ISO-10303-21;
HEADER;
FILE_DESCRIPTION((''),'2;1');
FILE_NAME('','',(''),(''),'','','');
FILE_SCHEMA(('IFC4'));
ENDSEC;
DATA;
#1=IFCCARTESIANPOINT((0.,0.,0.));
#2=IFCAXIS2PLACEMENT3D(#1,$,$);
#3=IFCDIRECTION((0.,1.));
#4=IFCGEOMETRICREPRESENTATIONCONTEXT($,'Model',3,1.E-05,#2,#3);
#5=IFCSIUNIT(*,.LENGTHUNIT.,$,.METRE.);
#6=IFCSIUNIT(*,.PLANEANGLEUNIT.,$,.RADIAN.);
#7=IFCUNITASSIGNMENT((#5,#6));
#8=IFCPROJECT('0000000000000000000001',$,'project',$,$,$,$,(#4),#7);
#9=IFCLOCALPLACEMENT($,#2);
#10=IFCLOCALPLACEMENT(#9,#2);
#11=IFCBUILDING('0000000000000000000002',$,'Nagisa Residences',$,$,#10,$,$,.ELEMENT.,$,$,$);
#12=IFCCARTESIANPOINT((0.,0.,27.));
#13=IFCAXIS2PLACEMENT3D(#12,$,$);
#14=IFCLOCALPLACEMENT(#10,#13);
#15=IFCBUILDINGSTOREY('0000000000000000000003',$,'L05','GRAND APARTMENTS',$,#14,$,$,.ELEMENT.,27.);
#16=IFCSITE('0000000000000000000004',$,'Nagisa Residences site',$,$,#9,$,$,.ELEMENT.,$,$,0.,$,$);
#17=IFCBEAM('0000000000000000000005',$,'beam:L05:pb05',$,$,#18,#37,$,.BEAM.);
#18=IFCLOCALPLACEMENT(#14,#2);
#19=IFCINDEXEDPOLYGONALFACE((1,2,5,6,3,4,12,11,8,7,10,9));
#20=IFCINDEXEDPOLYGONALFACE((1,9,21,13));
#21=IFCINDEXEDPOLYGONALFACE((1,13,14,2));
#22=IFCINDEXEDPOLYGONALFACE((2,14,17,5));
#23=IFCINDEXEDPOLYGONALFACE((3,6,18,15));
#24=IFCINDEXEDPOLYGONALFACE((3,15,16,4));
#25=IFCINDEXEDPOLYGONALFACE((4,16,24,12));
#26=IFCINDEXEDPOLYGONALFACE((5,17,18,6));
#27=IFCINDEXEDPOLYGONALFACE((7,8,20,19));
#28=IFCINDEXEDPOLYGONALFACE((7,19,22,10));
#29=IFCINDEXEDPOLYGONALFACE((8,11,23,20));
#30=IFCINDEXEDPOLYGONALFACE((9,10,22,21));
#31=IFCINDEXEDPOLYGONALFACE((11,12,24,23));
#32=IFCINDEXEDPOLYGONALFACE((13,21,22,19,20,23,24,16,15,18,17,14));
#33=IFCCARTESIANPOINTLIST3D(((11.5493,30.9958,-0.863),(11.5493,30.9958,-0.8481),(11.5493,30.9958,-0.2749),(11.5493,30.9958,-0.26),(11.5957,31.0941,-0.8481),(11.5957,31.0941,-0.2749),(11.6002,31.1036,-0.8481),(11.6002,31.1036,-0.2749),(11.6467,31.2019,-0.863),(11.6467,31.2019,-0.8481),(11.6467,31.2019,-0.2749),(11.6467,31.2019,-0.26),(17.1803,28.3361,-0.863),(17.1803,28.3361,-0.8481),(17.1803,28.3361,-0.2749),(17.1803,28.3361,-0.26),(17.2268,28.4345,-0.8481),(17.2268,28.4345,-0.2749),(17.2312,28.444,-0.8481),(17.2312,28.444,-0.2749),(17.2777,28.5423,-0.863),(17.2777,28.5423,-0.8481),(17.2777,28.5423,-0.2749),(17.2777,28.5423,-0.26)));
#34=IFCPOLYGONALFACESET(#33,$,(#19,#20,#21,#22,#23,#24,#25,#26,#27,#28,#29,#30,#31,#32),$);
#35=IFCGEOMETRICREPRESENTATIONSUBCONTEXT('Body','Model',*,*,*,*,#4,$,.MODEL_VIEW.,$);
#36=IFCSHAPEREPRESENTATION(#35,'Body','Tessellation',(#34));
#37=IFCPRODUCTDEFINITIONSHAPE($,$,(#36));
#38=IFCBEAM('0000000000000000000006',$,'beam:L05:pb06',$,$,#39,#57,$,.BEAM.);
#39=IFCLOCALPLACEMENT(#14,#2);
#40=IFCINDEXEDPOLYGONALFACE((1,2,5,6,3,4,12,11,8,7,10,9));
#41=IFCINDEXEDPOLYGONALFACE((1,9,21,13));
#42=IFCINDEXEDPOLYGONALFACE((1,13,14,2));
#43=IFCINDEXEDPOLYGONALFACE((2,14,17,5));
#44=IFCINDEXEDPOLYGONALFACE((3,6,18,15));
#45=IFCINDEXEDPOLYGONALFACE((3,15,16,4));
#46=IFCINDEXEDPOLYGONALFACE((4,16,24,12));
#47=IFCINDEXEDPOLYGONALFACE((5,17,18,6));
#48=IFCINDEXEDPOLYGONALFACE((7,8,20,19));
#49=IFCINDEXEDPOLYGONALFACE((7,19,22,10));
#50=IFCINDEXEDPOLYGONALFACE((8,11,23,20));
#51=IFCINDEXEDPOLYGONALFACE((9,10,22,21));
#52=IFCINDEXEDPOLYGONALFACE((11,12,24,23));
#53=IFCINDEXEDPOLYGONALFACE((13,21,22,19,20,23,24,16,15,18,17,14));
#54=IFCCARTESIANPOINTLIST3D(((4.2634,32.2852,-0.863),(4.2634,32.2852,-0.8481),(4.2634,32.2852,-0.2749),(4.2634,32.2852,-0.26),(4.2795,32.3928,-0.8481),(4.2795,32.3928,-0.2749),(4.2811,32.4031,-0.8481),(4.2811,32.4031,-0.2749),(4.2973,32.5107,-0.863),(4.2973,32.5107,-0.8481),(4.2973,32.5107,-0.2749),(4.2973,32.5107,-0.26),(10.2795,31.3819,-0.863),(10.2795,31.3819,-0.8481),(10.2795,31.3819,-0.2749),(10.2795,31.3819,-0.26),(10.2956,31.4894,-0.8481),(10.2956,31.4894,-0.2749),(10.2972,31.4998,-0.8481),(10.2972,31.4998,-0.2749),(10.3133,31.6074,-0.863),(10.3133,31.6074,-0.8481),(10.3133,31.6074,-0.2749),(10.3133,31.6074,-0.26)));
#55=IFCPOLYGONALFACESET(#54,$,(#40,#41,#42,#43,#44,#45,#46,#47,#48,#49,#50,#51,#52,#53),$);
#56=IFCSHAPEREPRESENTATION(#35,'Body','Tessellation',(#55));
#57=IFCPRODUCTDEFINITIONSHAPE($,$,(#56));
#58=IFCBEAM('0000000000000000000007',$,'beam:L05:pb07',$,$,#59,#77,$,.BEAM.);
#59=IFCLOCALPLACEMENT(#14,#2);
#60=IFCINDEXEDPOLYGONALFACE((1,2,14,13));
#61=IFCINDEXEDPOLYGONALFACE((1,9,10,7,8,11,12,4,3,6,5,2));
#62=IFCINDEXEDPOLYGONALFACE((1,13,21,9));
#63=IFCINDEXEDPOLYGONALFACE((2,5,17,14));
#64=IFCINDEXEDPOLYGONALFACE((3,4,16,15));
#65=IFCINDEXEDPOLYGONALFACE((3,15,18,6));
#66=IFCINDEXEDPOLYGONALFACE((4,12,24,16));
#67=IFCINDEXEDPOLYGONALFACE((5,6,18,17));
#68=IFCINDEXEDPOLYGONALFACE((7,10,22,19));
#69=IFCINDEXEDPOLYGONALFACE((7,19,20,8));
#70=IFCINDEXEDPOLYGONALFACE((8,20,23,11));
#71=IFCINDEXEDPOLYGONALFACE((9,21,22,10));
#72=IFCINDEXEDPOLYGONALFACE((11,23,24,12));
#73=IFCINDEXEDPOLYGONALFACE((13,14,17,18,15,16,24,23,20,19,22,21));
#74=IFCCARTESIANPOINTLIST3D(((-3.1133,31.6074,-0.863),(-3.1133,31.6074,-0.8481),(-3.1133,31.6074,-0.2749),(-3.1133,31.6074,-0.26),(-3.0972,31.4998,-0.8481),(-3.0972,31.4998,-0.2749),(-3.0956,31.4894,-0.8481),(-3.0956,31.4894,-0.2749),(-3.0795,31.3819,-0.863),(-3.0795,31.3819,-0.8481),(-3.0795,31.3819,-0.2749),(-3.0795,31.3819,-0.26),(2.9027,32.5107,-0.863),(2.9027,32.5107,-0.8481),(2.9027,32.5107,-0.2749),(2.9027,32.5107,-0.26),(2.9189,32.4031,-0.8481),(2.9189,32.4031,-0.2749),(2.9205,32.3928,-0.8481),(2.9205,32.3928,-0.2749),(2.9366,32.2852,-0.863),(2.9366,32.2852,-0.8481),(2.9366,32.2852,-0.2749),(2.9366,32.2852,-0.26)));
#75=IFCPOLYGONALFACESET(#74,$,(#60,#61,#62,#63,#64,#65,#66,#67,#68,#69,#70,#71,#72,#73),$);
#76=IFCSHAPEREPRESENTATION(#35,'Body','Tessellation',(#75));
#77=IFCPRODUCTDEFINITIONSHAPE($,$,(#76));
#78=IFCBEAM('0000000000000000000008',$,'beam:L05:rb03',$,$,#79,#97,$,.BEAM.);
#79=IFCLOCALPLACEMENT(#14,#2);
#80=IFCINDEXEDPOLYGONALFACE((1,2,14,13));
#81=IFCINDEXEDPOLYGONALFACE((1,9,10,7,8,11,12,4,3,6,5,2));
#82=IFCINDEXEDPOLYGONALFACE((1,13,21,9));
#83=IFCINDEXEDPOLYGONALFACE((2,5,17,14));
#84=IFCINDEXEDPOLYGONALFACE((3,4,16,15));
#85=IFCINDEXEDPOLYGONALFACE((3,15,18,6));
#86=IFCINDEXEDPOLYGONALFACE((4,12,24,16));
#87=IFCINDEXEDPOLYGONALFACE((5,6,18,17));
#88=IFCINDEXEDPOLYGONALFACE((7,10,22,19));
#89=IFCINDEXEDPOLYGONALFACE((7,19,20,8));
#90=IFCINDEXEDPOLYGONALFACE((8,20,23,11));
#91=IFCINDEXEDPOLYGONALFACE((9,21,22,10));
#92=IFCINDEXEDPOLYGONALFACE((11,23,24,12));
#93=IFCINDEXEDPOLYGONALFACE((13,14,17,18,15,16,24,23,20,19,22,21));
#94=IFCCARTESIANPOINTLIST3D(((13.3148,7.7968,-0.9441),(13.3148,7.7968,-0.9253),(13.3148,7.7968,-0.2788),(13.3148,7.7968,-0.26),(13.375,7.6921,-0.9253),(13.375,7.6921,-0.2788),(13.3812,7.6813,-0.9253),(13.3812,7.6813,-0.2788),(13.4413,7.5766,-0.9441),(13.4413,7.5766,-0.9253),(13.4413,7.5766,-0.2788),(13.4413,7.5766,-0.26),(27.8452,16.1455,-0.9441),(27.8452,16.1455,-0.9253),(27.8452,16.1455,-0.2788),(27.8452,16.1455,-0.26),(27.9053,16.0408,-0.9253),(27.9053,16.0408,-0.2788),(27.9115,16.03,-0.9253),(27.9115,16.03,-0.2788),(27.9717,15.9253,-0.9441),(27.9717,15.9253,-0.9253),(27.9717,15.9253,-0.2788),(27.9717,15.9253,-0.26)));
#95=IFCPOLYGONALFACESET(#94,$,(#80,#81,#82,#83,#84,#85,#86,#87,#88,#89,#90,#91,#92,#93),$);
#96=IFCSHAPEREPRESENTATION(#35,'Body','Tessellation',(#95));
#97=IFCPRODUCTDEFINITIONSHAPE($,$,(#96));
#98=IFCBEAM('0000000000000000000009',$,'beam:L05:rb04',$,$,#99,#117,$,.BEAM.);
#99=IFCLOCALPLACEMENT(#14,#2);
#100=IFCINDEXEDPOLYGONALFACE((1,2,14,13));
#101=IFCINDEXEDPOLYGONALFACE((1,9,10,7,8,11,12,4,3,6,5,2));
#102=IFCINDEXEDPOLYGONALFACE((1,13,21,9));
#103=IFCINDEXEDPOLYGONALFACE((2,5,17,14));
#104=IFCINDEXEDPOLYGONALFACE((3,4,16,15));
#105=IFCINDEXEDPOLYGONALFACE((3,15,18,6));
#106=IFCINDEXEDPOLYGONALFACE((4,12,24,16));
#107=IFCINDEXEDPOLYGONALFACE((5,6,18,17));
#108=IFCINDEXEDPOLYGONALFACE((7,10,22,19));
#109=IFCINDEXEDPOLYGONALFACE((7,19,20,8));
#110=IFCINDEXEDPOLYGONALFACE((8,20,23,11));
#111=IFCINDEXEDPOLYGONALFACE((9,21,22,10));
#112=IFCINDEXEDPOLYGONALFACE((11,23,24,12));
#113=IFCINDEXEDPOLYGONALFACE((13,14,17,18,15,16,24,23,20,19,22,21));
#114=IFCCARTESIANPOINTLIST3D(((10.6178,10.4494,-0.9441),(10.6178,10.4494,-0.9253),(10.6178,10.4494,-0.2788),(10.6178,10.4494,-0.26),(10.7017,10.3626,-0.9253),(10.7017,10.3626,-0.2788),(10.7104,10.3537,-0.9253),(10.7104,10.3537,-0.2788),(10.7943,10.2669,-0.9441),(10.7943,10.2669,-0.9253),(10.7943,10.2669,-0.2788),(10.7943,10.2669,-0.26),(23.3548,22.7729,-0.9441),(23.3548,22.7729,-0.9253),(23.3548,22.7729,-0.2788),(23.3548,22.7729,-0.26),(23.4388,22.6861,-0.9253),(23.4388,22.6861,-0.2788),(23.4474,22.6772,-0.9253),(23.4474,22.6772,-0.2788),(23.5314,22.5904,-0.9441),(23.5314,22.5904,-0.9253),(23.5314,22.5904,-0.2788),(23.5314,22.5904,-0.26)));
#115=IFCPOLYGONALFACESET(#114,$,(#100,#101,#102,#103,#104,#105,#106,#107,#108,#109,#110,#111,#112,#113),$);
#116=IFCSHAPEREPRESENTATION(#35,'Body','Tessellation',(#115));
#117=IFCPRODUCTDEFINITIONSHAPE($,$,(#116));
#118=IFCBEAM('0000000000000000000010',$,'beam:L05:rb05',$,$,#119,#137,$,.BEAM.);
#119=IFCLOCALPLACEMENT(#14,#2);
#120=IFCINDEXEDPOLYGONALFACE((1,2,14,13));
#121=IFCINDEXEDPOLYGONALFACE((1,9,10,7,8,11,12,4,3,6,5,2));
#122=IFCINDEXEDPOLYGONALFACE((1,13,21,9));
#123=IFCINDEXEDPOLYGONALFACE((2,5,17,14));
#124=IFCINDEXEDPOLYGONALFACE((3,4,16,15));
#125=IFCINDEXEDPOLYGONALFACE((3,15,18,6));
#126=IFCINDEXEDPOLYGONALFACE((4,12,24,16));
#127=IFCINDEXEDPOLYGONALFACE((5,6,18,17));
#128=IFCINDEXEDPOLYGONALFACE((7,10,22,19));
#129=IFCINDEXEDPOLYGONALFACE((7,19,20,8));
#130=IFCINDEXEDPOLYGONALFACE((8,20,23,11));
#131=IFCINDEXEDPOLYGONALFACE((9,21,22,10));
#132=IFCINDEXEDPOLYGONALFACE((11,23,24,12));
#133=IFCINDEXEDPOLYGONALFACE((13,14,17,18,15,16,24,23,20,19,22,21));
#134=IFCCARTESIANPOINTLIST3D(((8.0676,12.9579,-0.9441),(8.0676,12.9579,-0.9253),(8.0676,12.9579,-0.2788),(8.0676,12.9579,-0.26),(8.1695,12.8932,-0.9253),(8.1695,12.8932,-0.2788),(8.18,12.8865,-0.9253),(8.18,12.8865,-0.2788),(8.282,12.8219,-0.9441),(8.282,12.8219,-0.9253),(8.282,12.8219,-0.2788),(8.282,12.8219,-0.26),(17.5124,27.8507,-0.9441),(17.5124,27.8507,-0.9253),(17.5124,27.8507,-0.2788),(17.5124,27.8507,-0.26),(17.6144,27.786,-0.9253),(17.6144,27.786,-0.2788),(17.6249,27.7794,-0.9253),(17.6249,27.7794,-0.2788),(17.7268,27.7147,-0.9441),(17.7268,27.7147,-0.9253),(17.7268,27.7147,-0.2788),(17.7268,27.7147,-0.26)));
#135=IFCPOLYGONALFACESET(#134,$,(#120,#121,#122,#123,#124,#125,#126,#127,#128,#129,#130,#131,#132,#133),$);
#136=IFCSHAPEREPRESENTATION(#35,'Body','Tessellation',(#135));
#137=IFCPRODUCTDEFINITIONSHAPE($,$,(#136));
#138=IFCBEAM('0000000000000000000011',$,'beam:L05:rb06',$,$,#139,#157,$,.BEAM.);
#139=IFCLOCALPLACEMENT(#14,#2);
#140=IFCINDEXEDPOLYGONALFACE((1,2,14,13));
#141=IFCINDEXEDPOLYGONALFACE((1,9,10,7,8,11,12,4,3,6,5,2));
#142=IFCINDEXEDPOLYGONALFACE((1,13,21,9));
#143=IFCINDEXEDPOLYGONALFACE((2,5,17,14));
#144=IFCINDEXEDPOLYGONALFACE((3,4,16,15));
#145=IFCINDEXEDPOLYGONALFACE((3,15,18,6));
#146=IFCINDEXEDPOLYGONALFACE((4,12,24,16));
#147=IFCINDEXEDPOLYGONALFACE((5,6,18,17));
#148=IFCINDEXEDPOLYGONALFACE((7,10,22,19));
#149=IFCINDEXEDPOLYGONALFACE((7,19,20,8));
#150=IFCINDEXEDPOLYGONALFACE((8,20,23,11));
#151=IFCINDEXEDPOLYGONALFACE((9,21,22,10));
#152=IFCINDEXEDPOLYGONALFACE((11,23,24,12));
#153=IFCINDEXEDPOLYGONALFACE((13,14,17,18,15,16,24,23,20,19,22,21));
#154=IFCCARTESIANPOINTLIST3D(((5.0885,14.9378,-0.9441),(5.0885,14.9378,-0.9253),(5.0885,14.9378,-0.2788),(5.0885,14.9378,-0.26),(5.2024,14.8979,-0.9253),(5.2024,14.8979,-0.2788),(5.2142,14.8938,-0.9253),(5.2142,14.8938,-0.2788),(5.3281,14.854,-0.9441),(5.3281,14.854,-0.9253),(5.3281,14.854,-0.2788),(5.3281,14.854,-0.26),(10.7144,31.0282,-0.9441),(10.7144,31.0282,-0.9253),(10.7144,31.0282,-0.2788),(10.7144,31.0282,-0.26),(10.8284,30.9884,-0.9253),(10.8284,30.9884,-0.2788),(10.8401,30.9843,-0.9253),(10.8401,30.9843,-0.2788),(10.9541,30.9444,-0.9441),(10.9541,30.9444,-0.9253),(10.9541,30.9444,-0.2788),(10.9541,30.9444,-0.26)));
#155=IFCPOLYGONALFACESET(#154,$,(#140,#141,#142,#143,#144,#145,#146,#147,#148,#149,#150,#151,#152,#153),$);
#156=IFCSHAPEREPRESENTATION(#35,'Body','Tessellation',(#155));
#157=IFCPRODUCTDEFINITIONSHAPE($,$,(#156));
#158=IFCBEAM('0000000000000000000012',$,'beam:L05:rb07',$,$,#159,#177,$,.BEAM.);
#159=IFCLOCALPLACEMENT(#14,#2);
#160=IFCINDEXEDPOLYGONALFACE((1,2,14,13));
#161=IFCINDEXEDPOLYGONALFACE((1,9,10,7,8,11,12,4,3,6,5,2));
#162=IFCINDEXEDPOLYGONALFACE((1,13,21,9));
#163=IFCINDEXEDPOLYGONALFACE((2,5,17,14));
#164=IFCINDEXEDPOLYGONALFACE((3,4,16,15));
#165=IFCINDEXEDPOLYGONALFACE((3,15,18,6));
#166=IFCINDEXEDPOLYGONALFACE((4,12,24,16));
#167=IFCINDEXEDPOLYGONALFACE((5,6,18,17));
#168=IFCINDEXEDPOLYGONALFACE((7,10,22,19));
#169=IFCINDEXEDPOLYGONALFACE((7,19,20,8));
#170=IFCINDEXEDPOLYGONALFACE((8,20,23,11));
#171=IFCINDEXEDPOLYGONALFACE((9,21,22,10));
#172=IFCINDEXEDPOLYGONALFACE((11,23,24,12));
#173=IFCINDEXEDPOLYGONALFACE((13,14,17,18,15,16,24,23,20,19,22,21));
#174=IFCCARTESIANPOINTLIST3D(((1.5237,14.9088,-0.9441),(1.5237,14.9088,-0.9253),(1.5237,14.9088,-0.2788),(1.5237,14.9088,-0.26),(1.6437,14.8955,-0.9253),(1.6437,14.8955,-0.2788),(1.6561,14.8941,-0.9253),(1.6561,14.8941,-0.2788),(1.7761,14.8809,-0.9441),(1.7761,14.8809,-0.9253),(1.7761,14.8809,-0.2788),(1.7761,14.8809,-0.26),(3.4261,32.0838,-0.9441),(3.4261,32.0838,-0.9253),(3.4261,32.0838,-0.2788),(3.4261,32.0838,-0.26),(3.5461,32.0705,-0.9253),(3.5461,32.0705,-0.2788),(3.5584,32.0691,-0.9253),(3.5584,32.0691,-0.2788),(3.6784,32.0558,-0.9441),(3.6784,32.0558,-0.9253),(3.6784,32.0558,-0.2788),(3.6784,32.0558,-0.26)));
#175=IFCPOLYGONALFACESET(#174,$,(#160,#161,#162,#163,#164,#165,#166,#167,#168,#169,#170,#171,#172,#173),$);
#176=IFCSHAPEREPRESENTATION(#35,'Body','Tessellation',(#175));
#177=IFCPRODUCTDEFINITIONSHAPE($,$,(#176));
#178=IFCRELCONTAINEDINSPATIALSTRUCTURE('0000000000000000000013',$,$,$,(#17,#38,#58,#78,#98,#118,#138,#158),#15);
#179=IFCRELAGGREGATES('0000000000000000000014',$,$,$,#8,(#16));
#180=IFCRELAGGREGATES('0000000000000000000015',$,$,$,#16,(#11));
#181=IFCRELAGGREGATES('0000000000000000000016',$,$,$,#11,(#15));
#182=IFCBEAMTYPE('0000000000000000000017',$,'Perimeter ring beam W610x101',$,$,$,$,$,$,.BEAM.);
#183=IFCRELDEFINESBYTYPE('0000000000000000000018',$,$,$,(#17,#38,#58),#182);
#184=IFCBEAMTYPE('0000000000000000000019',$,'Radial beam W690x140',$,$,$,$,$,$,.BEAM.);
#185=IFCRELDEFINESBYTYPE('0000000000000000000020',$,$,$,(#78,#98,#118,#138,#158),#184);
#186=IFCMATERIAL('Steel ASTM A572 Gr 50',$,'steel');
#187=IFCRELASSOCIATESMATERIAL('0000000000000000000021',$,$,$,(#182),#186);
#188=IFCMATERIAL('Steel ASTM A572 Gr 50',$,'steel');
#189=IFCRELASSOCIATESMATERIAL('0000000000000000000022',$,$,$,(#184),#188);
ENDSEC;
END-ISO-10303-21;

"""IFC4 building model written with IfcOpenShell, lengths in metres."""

from ifc_helpers import new_model, si_unit, direction, frame, origin, origin_2d, place, context, subcontext, project, spatial, i_section, extrude, material, material_profile, profile_set, type_object, element, save


model = new_model("IFC4")

# Units and contexts
model_context = context("Model", 3, precision=1e-05, world=origin(), true_north=direction((0.0, 1.0)))
body_context = subcontext(model_context, "Body", "Model", "MODEL_VIEW")
ifc_project = project(units=[si_unit("LENGTHUNIT", "METRE"), si_unit("PLANEANGLEUNIT", "RADIAN")], contexts=[model_context])

# Site, building, storey
site_placement = place(None, origin())
site = spatial("IfcSite", under=ifc_project, at=site_placement, Name="Nagisa Residences site", CompositionType="ELEMENT", RefElevation=0.0)
building_placement = place(site_placement, origin())
building = spatial("IfcBuilding", under=site, at=building_placement, Name="Nagisa Residences", CompositionType="ELEMENT")
storey_placement = place(building_placement, frame((0.0, 0.0, 27.0)))
storey = spatial("IfcBuildingStorey", under=building, at=storey_placement, Name="L05", Description="GRAND APARTMENTS", CompositionType="ELEMENT", Elevation=27.0)

# Beams
ifc_material_1 = material(Name="Steel ASTM A572 Gr 50", Category="steel")
ifc_material_profile_1 = material_profile(ifc_material_1, i_section(OverallWidth=0.228, OverallDepth=0.603, WebThickness=0.0105, FlangeThickness=0.0149, at=origin_2d()), Name="W610x101")
ifc_profile_set_1 = profile_set([ifc_material_profile_1], Name="Steel ASTM A572 Gr 50")
beam_type_1 = type_object("IfcBeamType", Name="Perimeter ring beam W610x101", PredefinedType="BEAM", material=ifc_profile_set_1)
beam_1_placement = place(storey_placement, frame((17.229, 28.4392, -0.5615), z_axis=(-0.904215, 0.427077, 0.0), x_axis=(-0.427077, -0.904215, 0.0)))
element("IfcBeam", 1, at=beam_1_placement, inside=storey, type_object=beam_type_1, Name="beam:L05:pb05", PredefinedType="BEAM", context=body_context, shape_type="SweptSolid", body=[
    extrude(i_section(OverallWidth=0.228, OverallDepth=0.603, WebThickness=0.0105, FlangeThickness=0.0149, at=origin_2d()), origin(), (0.0, 0.0, 1.0), 6.2275),
])
for number, where, z_axis, x_axis, name in (
    (2, (10.2964, 31.4946, -0.5615), (-0.988915, 0.148486, 0.0), (-0.148486, -0.988915, 0.0), "beam:L05:pb06"),
    (3, (2.9197, 32.3979, -0.5615), (-0.988915, -0.148486, 0.0), (0.148486, -0.988915, 0.0), "beam:L05:pb07"),
):
    element("IfcBeam", number, at=place(storey_placement, frame(where, z_axis=z_axis, x_axis=x_axis)), inside=storey, type_object=beam_type_1, Name=name, PredefinedType="BEAM", context=body_context, shape_type="SweptSolid", body=[
        extrude(i_section(OverallWidth=0.228, OverallDepth=0.603, WebThickness=0.0105, FlangeThickness=0.0149, at=origin_2d()), origin(), (0.0, 0.0, 1.0), 6.0835),
    ])
ifc_material_2 = material(Name="Steel ASTM A572 Gr 50", Category="steel")
ifc_material_profile_2 = material_profile(ifc_material_2, i_section(OverallWidth=0.2539, OverallDepth=0.6841, WebThickness=0.0125, FlangeThickness=0.0188, at=origin_2d()), Name="W690x140")
ifc_profile_set_2 = profile_set([ifc_material_profile_2], Name="Steel ASTM A572 Gr 50")
beam_type_2 = type_object("IfcBeamType", Name="Radial beam W690x140", PredefinedType="BEAM", material=ifc_profile_set_2)
beam_2_placement = place(storey_placement, frame((27.9084, 16.0354, -0.6021), z_axis=(-0.867068, -0.49819, 0.0), x_axis=(0.49819, -0.867068, 0.0)))
element("IfcBeam", 4, at=beam_2_placement, inside=storey, type_object=beam_type_2, Name="beam:L05:rb03", PredefinedType="BEAM", context=body_context, shape_type="SweptSolid", body=[
    extrude(i_section(OverallWidth=0.2539, OverallDepth=0.6841, WebThickness=0.0125, FlangeThickness=0.0188, at=origin_2d()), origin(), (0.0, 0.0, 1.0), 16.7581),
])
beam_3_placement = place(storey_placement, frame((23.4431, 22.6816, -0.6021), z_axis=(-0.718678, -0.695343, 0.0), x_axis=(0.695343, -0.718678, 0.0)))
element("IfcBeam", 5, at=beam_3_placement, inside=storey, type_object=beam_type_2, Name="beam:L05:rb04", PredefinedType="BEAM", context=body_context, shape_type="SweptSolid", body=[
    extrude(i_section(OverallWidth=0.2539, OverallDepth=0.6841, WebThickness=0.0125, FlangeThickness=0.0188, at=origin_2d()), origin(), (0.0, 0.0, 1.0), 17.7229),
])
beam_4_placement = place(storey_placement, frame((17.6196, 27.7827, -0.6021), z_axis=(-0.535566, -0.844493, 0.0), x_axis=(0.844493, -0.535566, 0.0)))
element("IfcBeam", 6, at=beam_4_placement, inside=storey, type_object=beam_type_2, Name="beam:L05:rb05", PredefinedType="BEAM", context=body_context, shape_type="SweptSolid", body=[
    extrude(i_section(OverallWidth=0.2539, OverallDepth=0.6841, WebThickness=0.0125, FlangeThickness=0.0188, at=origin_2d()), origin(), (0.0, 0.0, 1.0), 17.6353),
])
beam_5_placement = place(storey_placement, frame((10.8342, 30.9863, -0.6021), z_axis=(-0.330051, -0.943963, 0.0), x_axis=(0.943963, -0.330051, 0.0)))
element("IfcBeam", 7, at=beam_5_placement, inside=storey, type_object=beam_type_2, Name="beam:L05:rb06", PredefinedType="BEAM", context=body_context, shape_type="SweptSolid", body=[
    extrude(i_section(OverallWidth=0.2539, OverallDepth=0.6841, WebThickness=0.0125, FlangeThickness=0.0188, at=origin_2d()), origin(), (0.0, 0.0, 1.0), 17.0457),
])
beam_6_placement = place(storey_placement, frame((3.5522, 32.0698, -0.6021), z_axis=(-0.110089, -0.993922, 0.0), x_axis=(0.993922, -0.110089, 0.0)))
element("IfcBeam", 8, at=beam_6_placement, inside=storey, type_object=beam_type_2, Name="beam:L05:rb07", PredefinedType="BEAM", context=body_context, shape_type="SweptSolid", body=[
    extrude(i_section(OverallWidth=0.2539, OverallDepth=0.6841, WebThickness=0.0125, FlangeThickness=0.0188, at=origin_2d()), origin(), (0.0, 0.0, 1.0), 17.28),
])

save(model, "model.ifc")
